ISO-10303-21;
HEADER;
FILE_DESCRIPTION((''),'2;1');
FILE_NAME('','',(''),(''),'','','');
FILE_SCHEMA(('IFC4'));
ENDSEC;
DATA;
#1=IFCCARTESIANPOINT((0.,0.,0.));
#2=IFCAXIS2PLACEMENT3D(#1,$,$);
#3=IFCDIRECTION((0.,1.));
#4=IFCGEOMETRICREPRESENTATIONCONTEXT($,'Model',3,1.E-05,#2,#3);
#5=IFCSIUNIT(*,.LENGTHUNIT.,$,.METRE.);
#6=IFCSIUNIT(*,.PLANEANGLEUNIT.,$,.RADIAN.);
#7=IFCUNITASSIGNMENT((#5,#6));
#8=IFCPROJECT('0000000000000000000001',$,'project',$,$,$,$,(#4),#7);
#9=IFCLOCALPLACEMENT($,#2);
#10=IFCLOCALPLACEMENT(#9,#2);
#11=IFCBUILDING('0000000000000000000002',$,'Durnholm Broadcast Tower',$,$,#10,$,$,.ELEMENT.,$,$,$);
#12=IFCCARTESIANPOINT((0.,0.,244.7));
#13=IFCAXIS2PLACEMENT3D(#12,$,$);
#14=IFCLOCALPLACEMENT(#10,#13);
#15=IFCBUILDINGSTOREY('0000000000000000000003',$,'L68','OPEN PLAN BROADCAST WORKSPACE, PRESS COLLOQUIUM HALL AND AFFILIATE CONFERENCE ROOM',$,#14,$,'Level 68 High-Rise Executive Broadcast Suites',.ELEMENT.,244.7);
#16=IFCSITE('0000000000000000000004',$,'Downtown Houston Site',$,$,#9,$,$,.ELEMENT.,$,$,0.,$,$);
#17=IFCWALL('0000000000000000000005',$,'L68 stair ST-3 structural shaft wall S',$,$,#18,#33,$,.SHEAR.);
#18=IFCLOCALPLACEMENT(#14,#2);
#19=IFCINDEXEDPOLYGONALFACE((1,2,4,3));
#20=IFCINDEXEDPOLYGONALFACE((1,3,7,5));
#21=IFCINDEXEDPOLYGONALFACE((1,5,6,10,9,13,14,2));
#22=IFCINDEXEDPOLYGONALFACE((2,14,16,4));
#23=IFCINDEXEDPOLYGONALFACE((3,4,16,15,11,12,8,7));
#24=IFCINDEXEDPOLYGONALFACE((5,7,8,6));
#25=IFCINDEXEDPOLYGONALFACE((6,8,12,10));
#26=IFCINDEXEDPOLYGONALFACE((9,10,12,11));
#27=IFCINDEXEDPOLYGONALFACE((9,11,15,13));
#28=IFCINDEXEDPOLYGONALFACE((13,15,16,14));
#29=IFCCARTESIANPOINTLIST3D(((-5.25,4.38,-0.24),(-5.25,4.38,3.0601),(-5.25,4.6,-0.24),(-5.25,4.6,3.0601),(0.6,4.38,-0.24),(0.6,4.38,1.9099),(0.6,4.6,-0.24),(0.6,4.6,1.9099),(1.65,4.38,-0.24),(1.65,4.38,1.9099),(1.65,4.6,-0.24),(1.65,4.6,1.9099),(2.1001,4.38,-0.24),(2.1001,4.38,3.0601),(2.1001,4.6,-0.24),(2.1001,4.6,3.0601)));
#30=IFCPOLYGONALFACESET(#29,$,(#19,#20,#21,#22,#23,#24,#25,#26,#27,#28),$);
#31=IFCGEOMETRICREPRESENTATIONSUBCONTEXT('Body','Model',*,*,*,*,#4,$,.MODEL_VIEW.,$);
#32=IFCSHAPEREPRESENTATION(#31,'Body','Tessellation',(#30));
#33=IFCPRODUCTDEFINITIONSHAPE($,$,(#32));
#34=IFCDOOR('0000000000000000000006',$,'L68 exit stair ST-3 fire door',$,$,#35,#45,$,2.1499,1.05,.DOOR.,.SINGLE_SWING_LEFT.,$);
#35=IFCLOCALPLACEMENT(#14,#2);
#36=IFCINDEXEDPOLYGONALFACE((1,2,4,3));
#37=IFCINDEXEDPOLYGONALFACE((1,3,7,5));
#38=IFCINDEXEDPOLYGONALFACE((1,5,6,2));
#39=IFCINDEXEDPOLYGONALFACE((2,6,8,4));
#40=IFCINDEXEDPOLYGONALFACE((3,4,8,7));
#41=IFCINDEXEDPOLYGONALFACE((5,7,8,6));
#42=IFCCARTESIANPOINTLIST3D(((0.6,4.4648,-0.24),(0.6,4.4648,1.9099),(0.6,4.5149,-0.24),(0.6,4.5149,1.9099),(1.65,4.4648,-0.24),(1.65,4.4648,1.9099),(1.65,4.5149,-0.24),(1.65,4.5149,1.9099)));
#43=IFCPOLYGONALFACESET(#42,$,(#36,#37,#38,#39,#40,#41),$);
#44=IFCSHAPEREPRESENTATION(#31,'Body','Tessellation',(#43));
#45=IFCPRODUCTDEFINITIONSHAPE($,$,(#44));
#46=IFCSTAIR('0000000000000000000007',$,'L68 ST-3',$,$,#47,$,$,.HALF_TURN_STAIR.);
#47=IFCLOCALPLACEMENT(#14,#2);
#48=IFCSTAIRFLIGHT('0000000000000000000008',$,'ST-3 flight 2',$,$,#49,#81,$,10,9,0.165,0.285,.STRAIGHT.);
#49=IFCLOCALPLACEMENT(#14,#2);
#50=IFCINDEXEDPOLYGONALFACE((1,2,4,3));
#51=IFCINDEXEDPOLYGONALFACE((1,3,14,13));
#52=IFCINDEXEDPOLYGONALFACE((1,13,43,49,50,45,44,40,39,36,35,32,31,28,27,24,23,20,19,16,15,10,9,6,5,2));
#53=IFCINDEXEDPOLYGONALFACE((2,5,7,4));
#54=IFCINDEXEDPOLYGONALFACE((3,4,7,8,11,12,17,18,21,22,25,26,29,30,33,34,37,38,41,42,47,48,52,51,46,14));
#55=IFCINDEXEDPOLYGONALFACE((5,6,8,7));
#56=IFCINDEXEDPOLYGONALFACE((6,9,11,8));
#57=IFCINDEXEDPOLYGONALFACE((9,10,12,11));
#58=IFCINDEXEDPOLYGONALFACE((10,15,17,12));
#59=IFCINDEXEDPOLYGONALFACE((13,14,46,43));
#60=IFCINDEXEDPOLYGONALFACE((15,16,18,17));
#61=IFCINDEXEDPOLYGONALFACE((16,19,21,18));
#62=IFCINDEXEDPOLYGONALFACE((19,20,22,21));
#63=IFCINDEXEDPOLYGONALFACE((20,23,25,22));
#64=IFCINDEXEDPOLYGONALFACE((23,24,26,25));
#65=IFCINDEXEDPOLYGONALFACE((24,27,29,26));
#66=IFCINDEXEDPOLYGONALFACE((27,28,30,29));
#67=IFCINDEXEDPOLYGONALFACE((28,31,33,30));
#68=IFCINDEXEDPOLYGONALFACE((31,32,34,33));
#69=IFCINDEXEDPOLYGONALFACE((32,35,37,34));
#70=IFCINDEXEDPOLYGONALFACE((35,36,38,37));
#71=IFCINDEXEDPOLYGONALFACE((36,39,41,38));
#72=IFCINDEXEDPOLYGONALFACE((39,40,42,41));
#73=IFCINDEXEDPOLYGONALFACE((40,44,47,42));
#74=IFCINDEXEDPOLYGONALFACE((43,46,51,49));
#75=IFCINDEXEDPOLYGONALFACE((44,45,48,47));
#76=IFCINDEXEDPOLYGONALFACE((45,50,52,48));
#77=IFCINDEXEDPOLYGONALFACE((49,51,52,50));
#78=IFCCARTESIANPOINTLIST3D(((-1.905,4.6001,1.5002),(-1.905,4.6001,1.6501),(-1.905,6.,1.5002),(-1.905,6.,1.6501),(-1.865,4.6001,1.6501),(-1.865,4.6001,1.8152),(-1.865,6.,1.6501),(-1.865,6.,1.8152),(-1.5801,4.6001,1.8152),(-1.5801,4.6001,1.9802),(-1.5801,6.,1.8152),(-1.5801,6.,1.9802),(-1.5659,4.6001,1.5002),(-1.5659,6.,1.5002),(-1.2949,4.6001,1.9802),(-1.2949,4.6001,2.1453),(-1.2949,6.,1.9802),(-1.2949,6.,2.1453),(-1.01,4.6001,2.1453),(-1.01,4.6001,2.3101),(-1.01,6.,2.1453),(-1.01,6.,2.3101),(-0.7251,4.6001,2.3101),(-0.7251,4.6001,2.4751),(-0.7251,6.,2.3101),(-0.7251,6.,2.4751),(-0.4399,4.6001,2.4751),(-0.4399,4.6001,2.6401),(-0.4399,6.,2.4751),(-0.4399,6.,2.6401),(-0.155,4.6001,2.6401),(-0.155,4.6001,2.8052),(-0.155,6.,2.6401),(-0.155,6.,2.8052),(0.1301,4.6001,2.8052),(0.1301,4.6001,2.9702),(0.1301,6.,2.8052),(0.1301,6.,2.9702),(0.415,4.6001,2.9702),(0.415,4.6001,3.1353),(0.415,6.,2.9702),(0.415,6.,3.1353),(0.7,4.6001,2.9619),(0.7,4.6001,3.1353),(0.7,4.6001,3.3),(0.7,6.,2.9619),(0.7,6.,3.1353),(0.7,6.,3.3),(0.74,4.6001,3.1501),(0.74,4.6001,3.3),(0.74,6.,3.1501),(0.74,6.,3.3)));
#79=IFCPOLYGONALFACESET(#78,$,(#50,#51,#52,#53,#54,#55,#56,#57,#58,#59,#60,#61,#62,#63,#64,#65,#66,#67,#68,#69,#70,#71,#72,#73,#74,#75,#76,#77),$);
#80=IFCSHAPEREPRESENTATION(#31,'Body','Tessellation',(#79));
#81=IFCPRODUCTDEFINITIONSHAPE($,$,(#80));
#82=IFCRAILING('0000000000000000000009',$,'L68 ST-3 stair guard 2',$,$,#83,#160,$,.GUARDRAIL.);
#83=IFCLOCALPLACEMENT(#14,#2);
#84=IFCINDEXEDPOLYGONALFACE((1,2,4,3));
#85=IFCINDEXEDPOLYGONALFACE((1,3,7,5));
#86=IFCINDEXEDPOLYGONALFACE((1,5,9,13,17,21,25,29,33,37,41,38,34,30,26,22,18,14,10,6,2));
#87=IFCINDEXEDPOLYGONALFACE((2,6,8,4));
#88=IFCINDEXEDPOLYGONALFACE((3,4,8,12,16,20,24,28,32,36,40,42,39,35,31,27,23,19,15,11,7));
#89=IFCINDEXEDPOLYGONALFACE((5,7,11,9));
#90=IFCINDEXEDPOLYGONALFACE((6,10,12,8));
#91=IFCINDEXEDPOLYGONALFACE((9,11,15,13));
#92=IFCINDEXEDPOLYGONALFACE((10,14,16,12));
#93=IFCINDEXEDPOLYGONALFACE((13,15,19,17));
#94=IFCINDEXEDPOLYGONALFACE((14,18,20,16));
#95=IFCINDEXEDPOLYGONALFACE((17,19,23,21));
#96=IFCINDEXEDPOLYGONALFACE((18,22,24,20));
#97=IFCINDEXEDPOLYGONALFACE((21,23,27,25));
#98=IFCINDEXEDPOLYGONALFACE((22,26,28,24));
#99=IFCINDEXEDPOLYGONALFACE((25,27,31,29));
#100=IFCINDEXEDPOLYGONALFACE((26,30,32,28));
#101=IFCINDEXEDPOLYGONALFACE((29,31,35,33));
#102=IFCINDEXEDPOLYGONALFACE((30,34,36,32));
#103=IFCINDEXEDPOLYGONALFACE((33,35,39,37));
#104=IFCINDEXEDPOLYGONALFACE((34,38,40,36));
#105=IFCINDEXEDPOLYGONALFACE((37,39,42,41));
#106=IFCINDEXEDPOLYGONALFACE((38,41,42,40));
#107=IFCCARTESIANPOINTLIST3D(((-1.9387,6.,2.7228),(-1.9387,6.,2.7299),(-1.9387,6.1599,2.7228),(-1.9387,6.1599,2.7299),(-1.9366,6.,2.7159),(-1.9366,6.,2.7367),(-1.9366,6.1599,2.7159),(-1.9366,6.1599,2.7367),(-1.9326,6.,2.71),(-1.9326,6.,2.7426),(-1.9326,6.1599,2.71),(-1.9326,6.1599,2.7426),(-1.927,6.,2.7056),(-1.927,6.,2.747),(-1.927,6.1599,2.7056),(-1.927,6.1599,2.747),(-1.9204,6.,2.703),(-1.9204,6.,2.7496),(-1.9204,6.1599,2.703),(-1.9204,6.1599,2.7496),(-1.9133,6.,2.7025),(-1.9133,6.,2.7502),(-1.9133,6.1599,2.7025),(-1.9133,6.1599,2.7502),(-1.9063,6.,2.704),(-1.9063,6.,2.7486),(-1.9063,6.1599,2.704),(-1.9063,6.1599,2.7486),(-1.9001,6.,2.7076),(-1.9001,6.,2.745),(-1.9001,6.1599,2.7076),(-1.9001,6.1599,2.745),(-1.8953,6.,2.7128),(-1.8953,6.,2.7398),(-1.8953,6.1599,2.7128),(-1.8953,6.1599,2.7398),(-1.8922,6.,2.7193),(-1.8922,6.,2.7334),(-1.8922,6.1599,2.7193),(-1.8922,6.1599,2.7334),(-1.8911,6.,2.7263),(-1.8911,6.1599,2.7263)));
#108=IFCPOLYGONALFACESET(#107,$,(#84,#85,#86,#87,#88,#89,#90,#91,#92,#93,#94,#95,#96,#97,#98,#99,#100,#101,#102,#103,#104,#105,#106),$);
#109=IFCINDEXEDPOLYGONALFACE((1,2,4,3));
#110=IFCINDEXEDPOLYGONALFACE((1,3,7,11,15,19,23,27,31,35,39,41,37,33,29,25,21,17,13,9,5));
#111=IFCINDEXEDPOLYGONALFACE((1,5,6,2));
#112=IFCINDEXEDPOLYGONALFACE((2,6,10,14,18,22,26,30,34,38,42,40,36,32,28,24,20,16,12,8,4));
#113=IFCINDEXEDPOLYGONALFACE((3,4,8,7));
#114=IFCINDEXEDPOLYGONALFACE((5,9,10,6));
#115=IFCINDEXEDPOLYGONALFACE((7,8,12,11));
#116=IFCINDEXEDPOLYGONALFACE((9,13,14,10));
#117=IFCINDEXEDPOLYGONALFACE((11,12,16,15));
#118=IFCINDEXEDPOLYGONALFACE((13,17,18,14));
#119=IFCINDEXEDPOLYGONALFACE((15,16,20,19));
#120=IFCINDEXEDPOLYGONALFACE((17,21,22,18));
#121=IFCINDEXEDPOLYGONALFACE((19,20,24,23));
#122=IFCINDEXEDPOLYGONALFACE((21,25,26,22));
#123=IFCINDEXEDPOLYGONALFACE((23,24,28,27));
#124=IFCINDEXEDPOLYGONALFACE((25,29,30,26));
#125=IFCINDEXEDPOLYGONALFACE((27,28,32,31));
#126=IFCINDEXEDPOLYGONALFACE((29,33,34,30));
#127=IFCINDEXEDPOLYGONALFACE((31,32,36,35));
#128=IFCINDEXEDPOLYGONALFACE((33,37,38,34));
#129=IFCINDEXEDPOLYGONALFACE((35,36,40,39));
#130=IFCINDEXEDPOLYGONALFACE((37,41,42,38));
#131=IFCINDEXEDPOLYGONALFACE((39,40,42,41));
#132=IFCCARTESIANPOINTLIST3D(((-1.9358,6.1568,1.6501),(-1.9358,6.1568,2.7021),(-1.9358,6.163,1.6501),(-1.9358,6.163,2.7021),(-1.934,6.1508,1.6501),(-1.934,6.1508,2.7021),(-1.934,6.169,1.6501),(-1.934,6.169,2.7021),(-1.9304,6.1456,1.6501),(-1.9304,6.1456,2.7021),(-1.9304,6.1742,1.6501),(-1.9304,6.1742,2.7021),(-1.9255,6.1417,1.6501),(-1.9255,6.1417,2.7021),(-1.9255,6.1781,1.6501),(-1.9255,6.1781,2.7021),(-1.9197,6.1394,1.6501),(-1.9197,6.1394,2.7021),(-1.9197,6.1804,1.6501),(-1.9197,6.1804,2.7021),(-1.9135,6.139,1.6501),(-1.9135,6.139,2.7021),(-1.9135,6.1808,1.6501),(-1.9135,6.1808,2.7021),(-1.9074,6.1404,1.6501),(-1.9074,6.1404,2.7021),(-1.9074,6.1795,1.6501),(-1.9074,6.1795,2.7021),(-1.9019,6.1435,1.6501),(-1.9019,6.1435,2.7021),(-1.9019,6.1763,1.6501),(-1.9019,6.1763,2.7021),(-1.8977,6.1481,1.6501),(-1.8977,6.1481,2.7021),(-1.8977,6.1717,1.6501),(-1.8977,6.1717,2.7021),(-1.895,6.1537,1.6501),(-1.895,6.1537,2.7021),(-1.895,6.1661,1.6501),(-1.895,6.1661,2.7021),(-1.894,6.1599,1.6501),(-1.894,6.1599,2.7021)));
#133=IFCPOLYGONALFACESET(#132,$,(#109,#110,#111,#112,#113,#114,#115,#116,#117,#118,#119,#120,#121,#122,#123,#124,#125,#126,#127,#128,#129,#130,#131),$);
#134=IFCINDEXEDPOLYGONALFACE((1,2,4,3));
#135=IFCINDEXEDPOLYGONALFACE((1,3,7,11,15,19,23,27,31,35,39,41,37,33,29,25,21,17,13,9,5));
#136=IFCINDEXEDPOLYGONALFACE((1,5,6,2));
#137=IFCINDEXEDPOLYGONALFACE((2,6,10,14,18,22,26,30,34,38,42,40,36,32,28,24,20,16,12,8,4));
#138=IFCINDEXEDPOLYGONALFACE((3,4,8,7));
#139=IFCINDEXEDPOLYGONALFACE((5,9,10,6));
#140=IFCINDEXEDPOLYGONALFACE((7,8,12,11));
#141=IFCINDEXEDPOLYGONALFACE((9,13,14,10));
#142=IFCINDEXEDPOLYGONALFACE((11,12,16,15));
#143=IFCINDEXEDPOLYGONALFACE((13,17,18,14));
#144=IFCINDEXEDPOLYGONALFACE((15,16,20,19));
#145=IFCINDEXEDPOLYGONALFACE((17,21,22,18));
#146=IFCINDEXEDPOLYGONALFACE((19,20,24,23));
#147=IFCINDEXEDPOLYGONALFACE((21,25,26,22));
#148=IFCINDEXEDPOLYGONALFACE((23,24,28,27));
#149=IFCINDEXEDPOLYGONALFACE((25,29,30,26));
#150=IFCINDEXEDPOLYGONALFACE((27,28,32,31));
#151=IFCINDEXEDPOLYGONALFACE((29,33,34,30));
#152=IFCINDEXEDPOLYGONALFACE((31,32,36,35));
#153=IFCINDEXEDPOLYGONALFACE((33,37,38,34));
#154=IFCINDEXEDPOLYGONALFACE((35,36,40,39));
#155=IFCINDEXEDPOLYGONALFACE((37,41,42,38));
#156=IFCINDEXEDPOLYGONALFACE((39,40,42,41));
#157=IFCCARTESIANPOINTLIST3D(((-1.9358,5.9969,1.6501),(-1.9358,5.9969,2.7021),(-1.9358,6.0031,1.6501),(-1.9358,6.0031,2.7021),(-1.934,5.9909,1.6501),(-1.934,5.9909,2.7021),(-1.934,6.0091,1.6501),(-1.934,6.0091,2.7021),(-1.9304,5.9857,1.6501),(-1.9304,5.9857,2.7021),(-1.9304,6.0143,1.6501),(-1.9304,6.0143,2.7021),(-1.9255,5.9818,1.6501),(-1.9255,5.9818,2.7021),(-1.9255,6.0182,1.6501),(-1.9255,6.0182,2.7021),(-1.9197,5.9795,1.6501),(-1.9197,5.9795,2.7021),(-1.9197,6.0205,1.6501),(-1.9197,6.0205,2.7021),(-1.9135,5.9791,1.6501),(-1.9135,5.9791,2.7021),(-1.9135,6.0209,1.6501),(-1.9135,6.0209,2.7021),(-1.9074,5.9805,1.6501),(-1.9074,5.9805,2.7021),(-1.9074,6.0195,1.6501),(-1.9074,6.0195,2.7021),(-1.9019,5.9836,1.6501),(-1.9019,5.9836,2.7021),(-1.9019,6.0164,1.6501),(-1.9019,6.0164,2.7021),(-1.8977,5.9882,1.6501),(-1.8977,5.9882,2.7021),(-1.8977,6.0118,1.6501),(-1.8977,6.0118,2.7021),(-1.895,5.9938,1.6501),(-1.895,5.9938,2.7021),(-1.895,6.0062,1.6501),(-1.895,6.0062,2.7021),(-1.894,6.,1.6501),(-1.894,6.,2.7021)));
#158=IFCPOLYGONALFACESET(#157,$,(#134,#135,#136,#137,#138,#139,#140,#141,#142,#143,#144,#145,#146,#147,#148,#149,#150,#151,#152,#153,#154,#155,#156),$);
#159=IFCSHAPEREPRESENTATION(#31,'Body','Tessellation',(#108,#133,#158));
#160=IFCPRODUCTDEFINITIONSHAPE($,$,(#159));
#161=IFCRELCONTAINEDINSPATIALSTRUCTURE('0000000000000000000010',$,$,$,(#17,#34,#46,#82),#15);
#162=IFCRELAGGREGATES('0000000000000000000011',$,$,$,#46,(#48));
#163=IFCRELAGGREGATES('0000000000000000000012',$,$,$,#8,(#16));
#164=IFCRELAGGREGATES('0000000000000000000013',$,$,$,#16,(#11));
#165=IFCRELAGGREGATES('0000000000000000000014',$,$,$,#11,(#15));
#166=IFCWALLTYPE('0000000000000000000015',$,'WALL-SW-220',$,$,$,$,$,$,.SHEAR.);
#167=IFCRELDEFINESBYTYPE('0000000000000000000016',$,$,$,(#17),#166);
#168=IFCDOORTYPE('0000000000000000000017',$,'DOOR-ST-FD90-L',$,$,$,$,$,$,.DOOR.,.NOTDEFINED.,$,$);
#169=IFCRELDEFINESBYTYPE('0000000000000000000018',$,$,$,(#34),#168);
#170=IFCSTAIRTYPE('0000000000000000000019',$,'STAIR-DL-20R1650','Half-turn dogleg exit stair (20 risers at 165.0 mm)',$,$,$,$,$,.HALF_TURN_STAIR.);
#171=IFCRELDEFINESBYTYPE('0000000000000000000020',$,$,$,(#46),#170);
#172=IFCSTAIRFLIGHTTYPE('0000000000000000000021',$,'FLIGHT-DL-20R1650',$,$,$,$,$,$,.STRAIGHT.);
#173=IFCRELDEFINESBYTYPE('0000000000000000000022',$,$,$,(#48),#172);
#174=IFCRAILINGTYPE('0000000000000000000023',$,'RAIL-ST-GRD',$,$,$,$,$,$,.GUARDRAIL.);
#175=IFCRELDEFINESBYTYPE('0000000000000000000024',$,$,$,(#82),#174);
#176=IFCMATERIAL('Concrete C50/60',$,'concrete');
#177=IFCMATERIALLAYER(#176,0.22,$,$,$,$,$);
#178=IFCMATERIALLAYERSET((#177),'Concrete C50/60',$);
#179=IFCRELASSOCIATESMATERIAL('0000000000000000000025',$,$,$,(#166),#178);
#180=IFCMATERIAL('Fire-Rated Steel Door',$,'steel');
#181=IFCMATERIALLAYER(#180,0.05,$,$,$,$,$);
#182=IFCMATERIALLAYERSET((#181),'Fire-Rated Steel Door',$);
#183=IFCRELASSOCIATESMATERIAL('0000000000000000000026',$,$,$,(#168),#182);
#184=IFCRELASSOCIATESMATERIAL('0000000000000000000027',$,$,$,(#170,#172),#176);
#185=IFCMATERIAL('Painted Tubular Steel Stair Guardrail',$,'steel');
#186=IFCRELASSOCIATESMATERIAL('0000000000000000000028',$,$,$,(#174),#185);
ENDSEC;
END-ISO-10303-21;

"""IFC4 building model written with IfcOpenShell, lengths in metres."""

from ifc_helpers import new_model, si_unit, direction, frame, frame_2d, origin, origin_2d, place, context, subcontext, project, spatial, polyline, rectangle, circle, outline, extrude, source, transform, mapped, material, layer, layer_set, type_object, type_shapes, element, fill, aggregate, save


model = new_model("IFC4")

# Units and contexts
model_context = context("Model", 3, precision=1e-05, world=origin(), true_north=direction((0.0, 1.0)))
body_context = subcontext(model_context, "Body", "Model", "MODEL_VIEW")
ifc_project = project(units=[si_unit("LENGTHUNIT", "METRE"), si_unit("PLANEANGLEUNIT", "RADIAN")], contexts=[model_context])

# Site, building, storey
site_placement = place(None, origin())
site = spatial("IfcSite", under=ifc_project, at=site_placement, Name="Downtown Houston Site", CompositionType="ELEMENT", RefElevation=0.0)
building_placement = place(site_placement, origin())
building = spatial("IfcBuilding", under=site, at=building_placement, Name="Durnholm Broadcast Tower", CompositionType="ELEMENT")
storey_placement = place(building_placement, frame((0.0, 0.0, 244.7)))
storey = spatial("IfcBuildingStorey", under=building, at=storey_placement, Name="L68", Description="OPEN PLAN BROADCAST WORKSPACE, PRESS COLLOQUIUM HALL AND AFFILIATE CONFERENCE ROOM", LongName="Level 68 High-Rise Executive Broadcast Suites", CompositionType="ELEMENT", Elevation=244.7)

# Shared definitions
ifc_material_1 = material(Name="Concrete C50/60", Category="concrete")
ifc_layer_1 = layer(ifc_material_1, 0.22)
ifc_layer_set_1 = layer_set([ifc_layer_1], Name="Concrete C50/60")
wall_type_1 = type_object("IfcWallType", Name="WALL-SW-220", PredefinedType="SHEAR", material=ifc_layer_set_1)

# Wall, opening, door
wall_1_placement = place(storey_placement, frame((-5.25, 4.49, -0.24), z_axis=(0.0, 0.0, 1.0), x_axis=(1.0, 0.0, 0.0)))
wall_1 = element("IfcWall", 1, at=wall_1_placement, inside=storey, type_object=wall_type_1, Name="L68 stair ST-3 structural shaft wall S", PredefinedType="SHEAR", context=body_context, shape_type="SweptSolid", body=[
    extrude(rectangle(XDim=7.3501, YDim=0.22, at=frame_2d((3.675, 0.0))), origin(), (0.0, 0.0, 1.0), 3.3),
])
opening_1_placement = place(wall_1_placement, frame((5.8501, 0.0, 0.0)))
opening_1 = element("IfcOpeningElement", 2, at=opening_1_placement, cuts=wall_1, PredefinedType="OPENING", context=body_context, shape_type="SweptSolid", body=[
    extrude(rectangle(XDim=1.05, YDim=2.1499, at=frame_2d((0.5249, 1.075))), frame((0.0, 0.1201, 0.0), z_axis=(0.0, -1.0, 0.0), x_axis=(1.0, 0.0, 0.0)), (0.0, 0.0, 1.0), 0.24),
])
ifc_material_2 = material(Name="Fire-Rated Steel Door", Category="steel")
ifc_layer_2 = layer(ifc_material_2, 0.05)
ifc_layer_set_2 = layer_set([ifc_layer_2], Name="Fire-Rated Steel Door")
door_type_1 = type_object("IfcDoorType", Name="DOOR-ST-FD90-L", OperationType="NOTDEFINED", PredefinedType="DOOR", material=ifc_layer_set_2)
shared_shape_1 = source(origin(), body_context, "Body", "SweptSolid", [
    extrude(rectangle(XDim=1.05, YDim=2.1499, at=frame_2d((0.5249, 1.075))), frame((0.0, 0.0249, 0.0), z_axis=(0.0, -1.0, 0.0), x_axis=(1.0, 0.0, 0.0)), (0.0, 0.0, 1.0), 0.05),
])
type_shapes(door_type_1, [shared_shape_1])
door_1_placement = place(opening_1_placement, origin())
door_1 = element("IfcDoor", 3, at=door_1_placement, inside=storey, type_object=door_type_1, Name="L68 exit stair ST-3 fire door", OperationType="SINGLE_SWING_LEFT", OverallHeight=2.1499, OverallWidth=1.05, PredefinedType="DOOR", context=body_context, shape_type="MappedRepresentation", body=[
    mapped(shared_shape_1, transform((0.0, 0.0, 0.0), x_axis=(1.0, 0.0, 0.0), y_axis=(0.0, 1.0, 0.0), z_axis=(0.0, 0.0, 1.0), scale=1.0)),
])
fill(opening_1, door_1)

# Stair, stair flight
stair_type = type_object("IfcStairType", Name="STAIR-DL-20R1650", Description="Half-turn dogleg exit stair (20 risers at 165.0 mm)", PredefinedType="HALF_TURN_STAIR", material=ifc_material_1)
stair_placement = place(storey_placement, origin())
stair = element("IfcStair", 4, at=stair_placement, inside=storey, type_object=stair_type, Name="L68 ST-3", PredefinedType="HALF_TURN_STAIR")
stair_flight_type = type_object("IfcStairFlightType", Name="FLIGHT-DL-20R1650", PredefinedType="STRAIGHT", material=ifc_material_1)
stair_flight_placement = place(storey_placement, frame((-1.865, 5.3, 1.6501), z_axis=(0.0, 0.0, 1.0), x_axis=(1.0, 0.0, 0.0)))
stair_flight = element("IfcStairFlight", 5, at=stair_flight_placement, type_object=stair_flight_type, Name="ST-3 flight 2", NumberOfRisers=10, NumberOfTreads=9, PredefinedType="STRAIGHT", RiserHeight=0.165, TreadLength=0.285, context=body_context, shape_type="SweptSolid", body=[
    extrude(outline(polyline([(-0.04, -0.1499), (-0.04, 0.0), (0.0, 0.0), (0.0, 0.165), (0.2849, 0.165), (0.2849, 0.3301), (0.5701, 0.3301), (0.5701, 0.4951), (0.855, 0.4951), (0.855, 0.6599), (1.1399, 0.6599), (1.1399, 0.825), (1.425, 0.825), (1.425, 0.99), (1.71, 0.99), (1.71, 1.155), (1.9951, 1.155), (1.9951, 1.3201), (2.28, 1.3201), (2.28, 1.4851), (2.5649, 1.4851), (2.5649, 1.6499), (2.605, 1.6499), (2.605, 1.5), (2.5649, 1.3118), (0.2991, -0.1499), (-0.04, -0.1499)])), frame((0.0, 0.7, 0.0), z_axis=(0.0, -1.0, 0.0), x_axis=(1.0, 0.0, 0.0)), (0.0, 0.0, 1.0), 1.3999),
])
aggregate(stair, [stair_flight])

# Railing
ifc_material_3 = material(Name="Painted Tubular Steel Stair Guardrail", Category="steel")
railing_type_1 = type_object("IfcRailingType", Name="RAIL-ST-GRD", PredefinedType="GUARDRAIL", material=ifc_material_3)
railing_1_placement = place(storey_placement, frame((-1.915, 6.1599, 1.6501)))
element("IfcRailing", 6, at=railing_1_placement, inside=storey, type_object=railing_type_1, Name="L68 ST-3 stair guard 2", PredefinedType="GUARDRAIL", context=body_context, shape_type="SweptSolid", body=[
    extrude(circle(Radius=0.0239, at=origin_2d()), frame((0.0, 0.0, 1.0762), z_axis=(0.0, -1.0, 0.0), x_axis=(1.0, 0.0, 0.0)), (0.0, 0.0, 1.0), 0.1599),
    extrude(circle(Radius=0.021, at=origin_2d()), origin(), (0.0, 0.0, 1.0), 1.052),
    extrude(circle(Radius=0.021, at=origin_2d()), frame((0.0, -0.1599, 0.0)), (0.0, 0.0, 1.0), 1.052),
])

save(model, "model.ifc")
